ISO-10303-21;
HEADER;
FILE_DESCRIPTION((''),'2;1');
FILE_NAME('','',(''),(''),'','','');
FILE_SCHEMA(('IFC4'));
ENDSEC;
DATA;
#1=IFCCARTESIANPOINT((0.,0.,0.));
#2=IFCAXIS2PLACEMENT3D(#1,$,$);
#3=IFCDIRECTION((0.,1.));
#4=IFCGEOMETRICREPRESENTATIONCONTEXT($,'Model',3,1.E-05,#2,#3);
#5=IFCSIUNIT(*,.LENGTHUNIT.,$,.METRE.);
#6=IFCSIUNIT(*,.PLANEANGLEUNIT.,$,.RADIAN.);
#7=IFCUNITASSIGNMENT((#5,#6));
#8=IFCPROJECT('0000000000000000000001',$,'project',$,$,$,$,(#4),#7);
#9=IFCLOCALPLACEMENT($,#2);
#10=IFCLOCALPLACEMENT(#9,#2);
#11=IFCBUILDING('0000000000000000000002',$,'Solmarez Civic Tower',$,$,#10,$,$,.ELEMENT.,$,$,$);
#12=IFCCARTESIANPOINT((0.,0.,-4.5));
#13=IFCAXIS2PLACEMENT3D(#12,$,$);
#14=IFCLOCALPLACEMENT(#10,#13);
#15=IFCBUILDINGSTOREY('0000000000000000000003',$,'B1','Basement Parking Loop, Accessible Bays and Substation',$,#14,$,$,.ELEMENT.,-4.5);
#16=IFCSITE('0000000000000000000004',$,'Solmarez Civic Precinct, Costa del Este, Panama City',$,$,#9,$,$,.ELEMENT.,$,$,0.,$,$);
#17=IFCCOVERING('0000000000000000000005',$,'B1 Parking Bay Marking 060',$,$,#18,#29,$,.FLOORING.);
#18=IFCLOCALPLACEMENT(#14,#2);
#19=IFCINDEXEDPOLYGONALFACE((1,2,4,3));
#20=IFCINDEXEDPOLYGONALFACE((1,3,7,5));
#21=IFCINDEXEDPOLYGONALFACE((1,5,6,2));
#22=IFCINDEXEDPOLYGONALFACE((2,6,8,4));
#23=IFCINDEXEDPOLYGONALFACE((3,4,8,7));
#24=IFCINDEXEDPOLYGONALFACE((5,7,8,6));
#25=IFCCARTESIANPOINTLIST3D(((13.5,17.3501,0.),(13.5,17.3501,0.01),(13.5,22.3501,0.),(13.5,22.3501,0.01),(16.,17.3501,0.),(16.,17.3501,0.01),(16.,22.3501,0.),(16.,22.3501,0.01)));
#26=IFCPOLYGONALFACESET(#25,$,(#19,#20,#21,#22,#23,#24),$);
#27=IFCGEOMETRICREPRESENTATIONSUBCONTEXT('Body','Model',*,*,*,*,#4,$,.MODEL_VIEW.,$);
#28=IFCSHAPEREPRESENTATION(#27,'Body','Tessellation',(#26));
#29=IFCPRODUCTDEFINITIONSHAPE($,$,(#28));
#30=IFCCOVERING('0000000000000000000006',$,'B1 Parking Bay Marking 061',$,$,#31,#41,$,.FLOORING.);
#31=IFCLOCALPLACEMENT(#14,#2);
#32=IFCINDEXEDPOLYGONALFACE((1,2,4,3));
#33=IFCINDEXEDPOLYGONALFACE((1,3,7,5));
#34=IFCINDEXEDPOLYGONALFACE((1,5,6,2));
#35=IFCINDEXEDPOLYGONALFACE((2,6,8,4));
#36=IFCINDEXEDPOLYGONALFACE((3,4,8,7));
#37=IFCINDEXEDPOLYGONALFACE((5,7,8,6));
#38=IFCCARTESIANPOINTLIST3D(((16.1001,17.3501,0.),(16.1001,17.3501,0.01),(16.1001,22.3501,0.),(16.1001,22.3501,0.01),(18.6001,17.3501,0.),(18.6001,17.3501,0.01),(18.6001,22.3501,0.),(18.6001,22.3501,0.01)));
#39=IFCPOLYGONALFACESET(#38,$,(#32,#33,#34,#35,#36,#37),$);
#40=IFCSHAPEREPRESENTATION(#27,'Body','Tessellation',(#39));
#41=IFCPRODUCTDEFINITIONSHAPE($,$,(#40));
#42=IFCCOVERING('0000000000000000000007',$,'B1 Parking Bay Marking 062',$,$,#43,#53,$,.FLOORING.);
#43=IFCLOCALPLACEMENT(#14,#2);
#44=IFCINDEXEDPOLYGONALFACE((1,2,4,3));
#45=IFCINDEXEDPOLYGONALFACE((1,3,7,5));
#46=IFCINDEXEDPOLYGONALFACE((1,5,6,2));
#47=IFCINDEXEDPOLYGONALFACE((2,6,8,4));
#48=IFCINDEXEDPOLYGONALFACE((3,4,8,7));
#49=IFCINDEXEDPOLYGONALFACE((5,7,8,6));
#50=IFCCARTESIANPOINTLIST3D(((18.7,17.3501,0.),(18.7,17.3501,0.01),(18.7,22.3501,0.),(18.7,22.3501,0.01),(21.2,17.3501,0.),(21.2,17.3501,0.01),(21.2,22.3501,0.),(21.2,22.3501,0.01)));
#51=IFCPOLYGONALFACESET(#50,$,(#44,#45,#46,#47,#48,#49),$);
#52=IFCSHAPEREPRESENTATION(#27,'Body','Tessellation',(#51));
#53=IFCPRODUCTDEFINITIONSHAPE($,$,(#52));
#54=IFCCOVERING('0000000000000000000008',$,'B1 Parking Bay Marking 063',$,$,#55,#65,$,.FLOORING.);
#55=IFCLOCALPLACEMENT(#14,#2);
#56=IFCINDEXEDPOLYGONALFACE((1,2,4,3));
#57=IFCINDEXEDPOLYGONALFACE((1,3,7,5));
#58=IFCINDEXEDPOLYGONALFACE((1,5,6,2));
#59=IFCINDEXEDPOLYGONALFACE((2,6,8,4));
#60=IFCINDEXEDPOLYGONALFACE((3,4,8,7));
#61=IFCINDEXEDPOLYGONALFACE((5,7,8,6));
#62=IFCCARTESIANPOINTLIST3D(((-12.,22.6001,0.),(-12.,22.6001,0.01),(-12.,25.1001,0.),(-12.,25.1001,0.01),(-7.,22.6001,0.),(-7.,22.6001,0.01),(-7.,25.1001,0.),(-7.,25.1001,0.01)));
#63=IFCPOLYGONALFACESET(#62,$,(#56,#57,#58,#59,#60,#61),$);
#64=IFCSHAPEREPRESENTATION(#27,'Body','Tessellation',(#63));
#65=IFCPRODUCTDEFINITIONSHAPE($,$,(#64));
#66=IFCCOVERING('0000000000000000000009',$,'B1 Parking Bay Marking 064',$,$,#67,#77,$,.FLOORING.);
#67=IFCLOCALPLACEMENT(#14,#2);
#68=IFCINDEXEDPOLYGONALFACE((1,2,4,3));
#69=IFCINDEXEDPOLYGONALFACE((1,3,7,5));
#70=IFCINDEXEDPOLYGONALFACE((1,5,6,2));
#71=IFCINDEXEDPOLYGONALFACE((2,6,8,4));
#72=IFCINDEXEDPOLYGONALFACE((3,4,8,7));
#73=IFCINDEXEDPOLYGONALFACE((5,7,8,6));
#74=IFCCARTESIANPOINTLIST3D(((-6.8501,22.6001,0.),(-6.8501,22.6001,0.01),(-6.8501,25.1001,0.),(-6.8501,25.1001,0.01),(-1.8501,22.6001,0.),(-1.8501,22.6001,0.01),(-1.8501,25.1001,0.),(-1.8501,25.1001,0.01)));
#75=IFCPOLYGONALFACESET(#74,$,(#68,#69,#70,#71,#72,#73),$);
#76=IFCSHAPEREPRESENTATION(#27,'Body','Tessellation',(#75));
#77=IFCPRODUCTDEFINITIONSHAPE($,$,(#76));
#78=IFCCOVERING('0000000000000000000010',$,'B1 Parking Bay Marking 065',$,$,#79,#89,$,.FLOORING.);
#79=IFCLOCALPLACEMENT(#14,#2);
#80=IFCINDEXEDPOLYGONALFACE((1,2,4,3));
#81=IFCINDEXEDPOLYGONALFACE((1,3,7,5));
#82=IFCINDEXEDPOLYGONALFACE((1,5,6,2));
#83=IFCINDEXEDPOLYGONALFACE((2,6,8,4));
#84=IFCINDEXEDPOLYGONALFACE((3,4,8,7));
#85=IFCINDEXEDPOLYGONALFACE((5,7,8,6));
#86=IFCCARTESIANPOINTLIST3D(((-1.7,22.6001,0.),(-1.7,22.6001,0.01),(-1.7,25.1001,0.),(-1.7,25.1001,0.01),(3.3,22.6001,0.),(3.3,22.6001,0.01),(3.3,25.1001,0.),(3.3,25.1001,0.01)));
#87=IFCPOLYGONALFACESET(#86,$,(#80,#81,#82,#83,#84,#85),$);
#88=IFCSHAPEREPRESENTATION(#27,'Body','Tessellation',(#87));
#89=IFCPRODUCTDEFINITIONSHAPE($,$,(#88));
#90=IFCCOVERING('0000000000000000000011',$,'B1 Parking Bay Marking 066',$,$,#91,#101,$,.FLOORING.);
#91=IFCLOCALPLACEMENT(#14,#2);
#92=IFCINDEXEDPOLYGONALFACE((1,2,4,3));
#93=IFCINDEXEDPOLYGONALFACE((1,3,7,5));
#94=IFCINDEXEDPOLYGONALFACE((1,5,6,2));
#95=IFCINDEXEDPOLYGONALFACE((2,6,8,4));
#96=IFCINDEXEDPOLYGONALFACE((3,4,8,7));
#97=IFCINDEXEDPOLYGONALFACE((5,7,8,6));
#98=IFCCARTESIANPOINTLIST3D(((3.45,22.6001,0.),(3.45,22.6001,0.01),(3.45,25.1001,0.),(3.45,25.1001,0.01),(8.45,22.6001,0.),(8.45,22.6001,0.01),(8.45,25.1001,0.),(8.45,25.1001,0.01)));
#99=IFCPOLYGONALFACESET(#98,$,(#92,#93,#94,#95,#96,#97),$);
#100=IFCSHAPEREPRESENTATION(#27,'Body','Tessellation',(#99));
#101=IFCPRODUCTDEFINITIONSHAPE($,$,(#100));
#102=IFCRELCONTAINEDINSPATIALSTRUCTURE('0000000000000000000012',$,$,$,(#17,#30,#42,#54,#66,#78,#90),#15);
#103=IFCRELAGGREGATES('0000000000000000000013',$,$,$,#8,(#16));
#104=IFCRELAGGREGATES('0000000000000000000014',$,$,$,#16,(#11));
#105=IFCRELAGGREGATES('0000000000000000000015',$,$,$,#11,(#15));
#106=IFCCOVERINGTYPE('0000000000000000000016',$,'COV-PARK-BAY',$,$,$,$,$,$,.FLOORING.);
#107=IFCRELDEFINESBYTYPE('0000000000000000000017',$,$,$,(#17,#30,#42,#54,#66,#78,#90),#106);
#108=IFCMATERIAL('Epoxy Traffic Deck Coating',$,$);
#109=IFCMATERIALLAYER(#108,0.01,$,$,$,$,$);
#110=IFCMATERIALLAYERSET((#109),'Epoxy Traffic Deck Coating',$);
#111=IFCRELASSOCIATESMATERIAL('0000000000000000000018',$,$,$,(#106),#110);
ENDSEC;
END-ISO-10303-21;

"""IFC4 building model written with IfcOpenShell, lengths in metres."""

from ifc_helpers import new_model, si_unit, direction, frame, origin, place, context, subcontext, project, spatial, polyline, outline, extrude, material, layer, layer_set, type_object, element, save


model = new_model("IFC4")

# Units and contexts
model_context = context("Model", 3, precision=1e-05, world=origin(), true_north=direction((0.0, 1.0)))
body_context = subcontext(model_context, "Body", "Model", "MODEL_VIEW")
ifc_project = project(units=[si_unit("LENGTHUNIT", "METRE"), si_unit("PLANEANGLEUNIT", "RADIAN")], contexts=[model_context])

# Site, building, storey
site_placement = place(None, origin())
site = spatial("IfcSite", under=ifc_project, at=site_placement, Name="Solmarez Civic Precinct, Costa del Este, Panama City", CompositionType="ELEMENT", RefElevation=0.0)
building_placement = place(site_placement, origin())
building = spatial("IfcBuilding", under=site, at=building_placement, Name="Solmarez Civic Tower", CompositionType="ELEMENT")
storey_placement = place(building_placement, frame((0.0, 0.0, -4.5)))
storey = spatial("IfcBuildingStorey", under=building, at=storey_placement, Name="B1", Description="Basement Parking Loop, Accessible Bays and Substation", CompositionType="ELEMENT", Elevation=-4.5)

# Coverings
ifc_material_1 = material(Name="Epoxy Traffic Deck Coating")
ifc_layer_1 = layer(ifc_material_1, 0.01)
ifc_layer_set_1 = layer_set([ifc_layer_1], Name="Epoxy Traffic Deck Coating")
covering_type = type_object("IfcCoveringType", Name="COV-PARK-BAY", PredefinedType="FLOORING", material=ifc_layer_set_1)
covering_1_placement = place(storey_placement, origin())
element("IfcCovering", 1, at=covering_1_placement, inside=storey, type_object=covering_type, Name="B1 Parking Bay Marking 060", PredefinedType="FLOORING", context=body_context, shape_type="SweptSolid", body=[
    extrude(outline(polyline([(13.5, 17.3501), (16.0, 17.3501), (16.0, 22.3501), (13.5, 22.3501), (13.5, 17.3501)])), origin(), (0.0, 0.0, 1.0), 0.01),
])
covering_2_placement = place(storey_placement, origin())
element("IfcCovering", 2, at=covering_2_placement, inside=storey, type_object=covering_type, Name="B1 Parking Bay Marking 061", PredefinedType="FLOORING", context=body_context, shape_type="SweptSolid", body=[
    extrude(outline(polyline([(16.1001, 17.3501), (18.6001, 17.3501), (18.6001, 22.3501), (16.1001, 22.3501), (16.1001, 17.3501)])), origin(), (0.0, 0.0, 1.0), 0.01),
])
covering_3_placement = place(storey_placement, origin())
element("IfcCovering", 3, at=covering_3_placement, inside=storey, type_object=covering_type, Name="B1 Parking Bay Marking 062", PredefinedType="FLOORING", context=body_context, shape_type="SweptSolid", body=[
    extrude(outline(polyline([(18.7, 17.3501), (21.2, 17.3501), (21.2, 22.3501), (18.7, 22.3501), (18.7, 17.3501)])), origin(), (0.0, 0.0, 1.0), 0.01),
])
covering_4_placement = place(storey_placement, origin())
element("IfcCovering", 4, at=covering_4_placement, inside=storey, type_object=covering_type, Name="B1 Parking Bay Marking 063", PredefinedType="FLOORING", context=body_context, shape_type="SweptSolid", body=[
    extrude(outline(polyline([(-12.0, 22.6001), (-7.0, 22.6001), (-7.0, 25.1001), (-12.0, 25.1001), (-12.0, 22.6001)])), origin(), (0.0, 0.0, 1.0), 0.01),
])
covering_5_placement = place(storey_placement, origin())
element("IfcCovering", 5, at=covering_5_placement, inside=storey, type_object=covering_type, Name="B1 Parking Bay Marking 064", PredefinedType="FLOORING", context=body_context, shape_type="SweptSolid", body=[
    extrude(outline(polyline([(-6.8501, 22.6001), (-1.8501, 22.6001), (-1.8501, 25.1001), (-6.8501, 25.1001), (-6.8501, 22.6001)])), origin(), (0.0, 0.0, 1.0), 0.01),
])
covering_6_placement = place(storey_placement, origin())
element("IfcCovering", 6, at=covering_6_placement, inside=storey, type_object=covering_type, Name="B1 Parking Bay Marking 065", PredefinedType="FLOORING", context=body_context, shape_type="SweptSolid", body=[
    extrude(outline(polyline([(-1.7, 22.6001), (3.3, 22.6001), (3.3, 25.1001), (-1.7, 25.1001), (-1.7, 22.6001)])), origin(), (0.0, 0.0, 1.0), 0.01),
])
covering_7_placement = place(storey_placement, origin())
element("IfcCovering", 7, at=covering_7_placement, inside=storey, type_object=covering_type, Name="B1 Parking Bay Marking 066", PredefinedType="FLOORING", context=body_context, shape_type="SweptSolid", body=[
    extrude(outline(polyline([(3.45, 22.6001), (8.45, 22.6001), (8.45, 25.1001), (3.45, 25.1001), (3.45, 22.6001)])), origin(), (0.0, 0.0, 1.0), 0.01),
])

save(model, "model.ifc")
